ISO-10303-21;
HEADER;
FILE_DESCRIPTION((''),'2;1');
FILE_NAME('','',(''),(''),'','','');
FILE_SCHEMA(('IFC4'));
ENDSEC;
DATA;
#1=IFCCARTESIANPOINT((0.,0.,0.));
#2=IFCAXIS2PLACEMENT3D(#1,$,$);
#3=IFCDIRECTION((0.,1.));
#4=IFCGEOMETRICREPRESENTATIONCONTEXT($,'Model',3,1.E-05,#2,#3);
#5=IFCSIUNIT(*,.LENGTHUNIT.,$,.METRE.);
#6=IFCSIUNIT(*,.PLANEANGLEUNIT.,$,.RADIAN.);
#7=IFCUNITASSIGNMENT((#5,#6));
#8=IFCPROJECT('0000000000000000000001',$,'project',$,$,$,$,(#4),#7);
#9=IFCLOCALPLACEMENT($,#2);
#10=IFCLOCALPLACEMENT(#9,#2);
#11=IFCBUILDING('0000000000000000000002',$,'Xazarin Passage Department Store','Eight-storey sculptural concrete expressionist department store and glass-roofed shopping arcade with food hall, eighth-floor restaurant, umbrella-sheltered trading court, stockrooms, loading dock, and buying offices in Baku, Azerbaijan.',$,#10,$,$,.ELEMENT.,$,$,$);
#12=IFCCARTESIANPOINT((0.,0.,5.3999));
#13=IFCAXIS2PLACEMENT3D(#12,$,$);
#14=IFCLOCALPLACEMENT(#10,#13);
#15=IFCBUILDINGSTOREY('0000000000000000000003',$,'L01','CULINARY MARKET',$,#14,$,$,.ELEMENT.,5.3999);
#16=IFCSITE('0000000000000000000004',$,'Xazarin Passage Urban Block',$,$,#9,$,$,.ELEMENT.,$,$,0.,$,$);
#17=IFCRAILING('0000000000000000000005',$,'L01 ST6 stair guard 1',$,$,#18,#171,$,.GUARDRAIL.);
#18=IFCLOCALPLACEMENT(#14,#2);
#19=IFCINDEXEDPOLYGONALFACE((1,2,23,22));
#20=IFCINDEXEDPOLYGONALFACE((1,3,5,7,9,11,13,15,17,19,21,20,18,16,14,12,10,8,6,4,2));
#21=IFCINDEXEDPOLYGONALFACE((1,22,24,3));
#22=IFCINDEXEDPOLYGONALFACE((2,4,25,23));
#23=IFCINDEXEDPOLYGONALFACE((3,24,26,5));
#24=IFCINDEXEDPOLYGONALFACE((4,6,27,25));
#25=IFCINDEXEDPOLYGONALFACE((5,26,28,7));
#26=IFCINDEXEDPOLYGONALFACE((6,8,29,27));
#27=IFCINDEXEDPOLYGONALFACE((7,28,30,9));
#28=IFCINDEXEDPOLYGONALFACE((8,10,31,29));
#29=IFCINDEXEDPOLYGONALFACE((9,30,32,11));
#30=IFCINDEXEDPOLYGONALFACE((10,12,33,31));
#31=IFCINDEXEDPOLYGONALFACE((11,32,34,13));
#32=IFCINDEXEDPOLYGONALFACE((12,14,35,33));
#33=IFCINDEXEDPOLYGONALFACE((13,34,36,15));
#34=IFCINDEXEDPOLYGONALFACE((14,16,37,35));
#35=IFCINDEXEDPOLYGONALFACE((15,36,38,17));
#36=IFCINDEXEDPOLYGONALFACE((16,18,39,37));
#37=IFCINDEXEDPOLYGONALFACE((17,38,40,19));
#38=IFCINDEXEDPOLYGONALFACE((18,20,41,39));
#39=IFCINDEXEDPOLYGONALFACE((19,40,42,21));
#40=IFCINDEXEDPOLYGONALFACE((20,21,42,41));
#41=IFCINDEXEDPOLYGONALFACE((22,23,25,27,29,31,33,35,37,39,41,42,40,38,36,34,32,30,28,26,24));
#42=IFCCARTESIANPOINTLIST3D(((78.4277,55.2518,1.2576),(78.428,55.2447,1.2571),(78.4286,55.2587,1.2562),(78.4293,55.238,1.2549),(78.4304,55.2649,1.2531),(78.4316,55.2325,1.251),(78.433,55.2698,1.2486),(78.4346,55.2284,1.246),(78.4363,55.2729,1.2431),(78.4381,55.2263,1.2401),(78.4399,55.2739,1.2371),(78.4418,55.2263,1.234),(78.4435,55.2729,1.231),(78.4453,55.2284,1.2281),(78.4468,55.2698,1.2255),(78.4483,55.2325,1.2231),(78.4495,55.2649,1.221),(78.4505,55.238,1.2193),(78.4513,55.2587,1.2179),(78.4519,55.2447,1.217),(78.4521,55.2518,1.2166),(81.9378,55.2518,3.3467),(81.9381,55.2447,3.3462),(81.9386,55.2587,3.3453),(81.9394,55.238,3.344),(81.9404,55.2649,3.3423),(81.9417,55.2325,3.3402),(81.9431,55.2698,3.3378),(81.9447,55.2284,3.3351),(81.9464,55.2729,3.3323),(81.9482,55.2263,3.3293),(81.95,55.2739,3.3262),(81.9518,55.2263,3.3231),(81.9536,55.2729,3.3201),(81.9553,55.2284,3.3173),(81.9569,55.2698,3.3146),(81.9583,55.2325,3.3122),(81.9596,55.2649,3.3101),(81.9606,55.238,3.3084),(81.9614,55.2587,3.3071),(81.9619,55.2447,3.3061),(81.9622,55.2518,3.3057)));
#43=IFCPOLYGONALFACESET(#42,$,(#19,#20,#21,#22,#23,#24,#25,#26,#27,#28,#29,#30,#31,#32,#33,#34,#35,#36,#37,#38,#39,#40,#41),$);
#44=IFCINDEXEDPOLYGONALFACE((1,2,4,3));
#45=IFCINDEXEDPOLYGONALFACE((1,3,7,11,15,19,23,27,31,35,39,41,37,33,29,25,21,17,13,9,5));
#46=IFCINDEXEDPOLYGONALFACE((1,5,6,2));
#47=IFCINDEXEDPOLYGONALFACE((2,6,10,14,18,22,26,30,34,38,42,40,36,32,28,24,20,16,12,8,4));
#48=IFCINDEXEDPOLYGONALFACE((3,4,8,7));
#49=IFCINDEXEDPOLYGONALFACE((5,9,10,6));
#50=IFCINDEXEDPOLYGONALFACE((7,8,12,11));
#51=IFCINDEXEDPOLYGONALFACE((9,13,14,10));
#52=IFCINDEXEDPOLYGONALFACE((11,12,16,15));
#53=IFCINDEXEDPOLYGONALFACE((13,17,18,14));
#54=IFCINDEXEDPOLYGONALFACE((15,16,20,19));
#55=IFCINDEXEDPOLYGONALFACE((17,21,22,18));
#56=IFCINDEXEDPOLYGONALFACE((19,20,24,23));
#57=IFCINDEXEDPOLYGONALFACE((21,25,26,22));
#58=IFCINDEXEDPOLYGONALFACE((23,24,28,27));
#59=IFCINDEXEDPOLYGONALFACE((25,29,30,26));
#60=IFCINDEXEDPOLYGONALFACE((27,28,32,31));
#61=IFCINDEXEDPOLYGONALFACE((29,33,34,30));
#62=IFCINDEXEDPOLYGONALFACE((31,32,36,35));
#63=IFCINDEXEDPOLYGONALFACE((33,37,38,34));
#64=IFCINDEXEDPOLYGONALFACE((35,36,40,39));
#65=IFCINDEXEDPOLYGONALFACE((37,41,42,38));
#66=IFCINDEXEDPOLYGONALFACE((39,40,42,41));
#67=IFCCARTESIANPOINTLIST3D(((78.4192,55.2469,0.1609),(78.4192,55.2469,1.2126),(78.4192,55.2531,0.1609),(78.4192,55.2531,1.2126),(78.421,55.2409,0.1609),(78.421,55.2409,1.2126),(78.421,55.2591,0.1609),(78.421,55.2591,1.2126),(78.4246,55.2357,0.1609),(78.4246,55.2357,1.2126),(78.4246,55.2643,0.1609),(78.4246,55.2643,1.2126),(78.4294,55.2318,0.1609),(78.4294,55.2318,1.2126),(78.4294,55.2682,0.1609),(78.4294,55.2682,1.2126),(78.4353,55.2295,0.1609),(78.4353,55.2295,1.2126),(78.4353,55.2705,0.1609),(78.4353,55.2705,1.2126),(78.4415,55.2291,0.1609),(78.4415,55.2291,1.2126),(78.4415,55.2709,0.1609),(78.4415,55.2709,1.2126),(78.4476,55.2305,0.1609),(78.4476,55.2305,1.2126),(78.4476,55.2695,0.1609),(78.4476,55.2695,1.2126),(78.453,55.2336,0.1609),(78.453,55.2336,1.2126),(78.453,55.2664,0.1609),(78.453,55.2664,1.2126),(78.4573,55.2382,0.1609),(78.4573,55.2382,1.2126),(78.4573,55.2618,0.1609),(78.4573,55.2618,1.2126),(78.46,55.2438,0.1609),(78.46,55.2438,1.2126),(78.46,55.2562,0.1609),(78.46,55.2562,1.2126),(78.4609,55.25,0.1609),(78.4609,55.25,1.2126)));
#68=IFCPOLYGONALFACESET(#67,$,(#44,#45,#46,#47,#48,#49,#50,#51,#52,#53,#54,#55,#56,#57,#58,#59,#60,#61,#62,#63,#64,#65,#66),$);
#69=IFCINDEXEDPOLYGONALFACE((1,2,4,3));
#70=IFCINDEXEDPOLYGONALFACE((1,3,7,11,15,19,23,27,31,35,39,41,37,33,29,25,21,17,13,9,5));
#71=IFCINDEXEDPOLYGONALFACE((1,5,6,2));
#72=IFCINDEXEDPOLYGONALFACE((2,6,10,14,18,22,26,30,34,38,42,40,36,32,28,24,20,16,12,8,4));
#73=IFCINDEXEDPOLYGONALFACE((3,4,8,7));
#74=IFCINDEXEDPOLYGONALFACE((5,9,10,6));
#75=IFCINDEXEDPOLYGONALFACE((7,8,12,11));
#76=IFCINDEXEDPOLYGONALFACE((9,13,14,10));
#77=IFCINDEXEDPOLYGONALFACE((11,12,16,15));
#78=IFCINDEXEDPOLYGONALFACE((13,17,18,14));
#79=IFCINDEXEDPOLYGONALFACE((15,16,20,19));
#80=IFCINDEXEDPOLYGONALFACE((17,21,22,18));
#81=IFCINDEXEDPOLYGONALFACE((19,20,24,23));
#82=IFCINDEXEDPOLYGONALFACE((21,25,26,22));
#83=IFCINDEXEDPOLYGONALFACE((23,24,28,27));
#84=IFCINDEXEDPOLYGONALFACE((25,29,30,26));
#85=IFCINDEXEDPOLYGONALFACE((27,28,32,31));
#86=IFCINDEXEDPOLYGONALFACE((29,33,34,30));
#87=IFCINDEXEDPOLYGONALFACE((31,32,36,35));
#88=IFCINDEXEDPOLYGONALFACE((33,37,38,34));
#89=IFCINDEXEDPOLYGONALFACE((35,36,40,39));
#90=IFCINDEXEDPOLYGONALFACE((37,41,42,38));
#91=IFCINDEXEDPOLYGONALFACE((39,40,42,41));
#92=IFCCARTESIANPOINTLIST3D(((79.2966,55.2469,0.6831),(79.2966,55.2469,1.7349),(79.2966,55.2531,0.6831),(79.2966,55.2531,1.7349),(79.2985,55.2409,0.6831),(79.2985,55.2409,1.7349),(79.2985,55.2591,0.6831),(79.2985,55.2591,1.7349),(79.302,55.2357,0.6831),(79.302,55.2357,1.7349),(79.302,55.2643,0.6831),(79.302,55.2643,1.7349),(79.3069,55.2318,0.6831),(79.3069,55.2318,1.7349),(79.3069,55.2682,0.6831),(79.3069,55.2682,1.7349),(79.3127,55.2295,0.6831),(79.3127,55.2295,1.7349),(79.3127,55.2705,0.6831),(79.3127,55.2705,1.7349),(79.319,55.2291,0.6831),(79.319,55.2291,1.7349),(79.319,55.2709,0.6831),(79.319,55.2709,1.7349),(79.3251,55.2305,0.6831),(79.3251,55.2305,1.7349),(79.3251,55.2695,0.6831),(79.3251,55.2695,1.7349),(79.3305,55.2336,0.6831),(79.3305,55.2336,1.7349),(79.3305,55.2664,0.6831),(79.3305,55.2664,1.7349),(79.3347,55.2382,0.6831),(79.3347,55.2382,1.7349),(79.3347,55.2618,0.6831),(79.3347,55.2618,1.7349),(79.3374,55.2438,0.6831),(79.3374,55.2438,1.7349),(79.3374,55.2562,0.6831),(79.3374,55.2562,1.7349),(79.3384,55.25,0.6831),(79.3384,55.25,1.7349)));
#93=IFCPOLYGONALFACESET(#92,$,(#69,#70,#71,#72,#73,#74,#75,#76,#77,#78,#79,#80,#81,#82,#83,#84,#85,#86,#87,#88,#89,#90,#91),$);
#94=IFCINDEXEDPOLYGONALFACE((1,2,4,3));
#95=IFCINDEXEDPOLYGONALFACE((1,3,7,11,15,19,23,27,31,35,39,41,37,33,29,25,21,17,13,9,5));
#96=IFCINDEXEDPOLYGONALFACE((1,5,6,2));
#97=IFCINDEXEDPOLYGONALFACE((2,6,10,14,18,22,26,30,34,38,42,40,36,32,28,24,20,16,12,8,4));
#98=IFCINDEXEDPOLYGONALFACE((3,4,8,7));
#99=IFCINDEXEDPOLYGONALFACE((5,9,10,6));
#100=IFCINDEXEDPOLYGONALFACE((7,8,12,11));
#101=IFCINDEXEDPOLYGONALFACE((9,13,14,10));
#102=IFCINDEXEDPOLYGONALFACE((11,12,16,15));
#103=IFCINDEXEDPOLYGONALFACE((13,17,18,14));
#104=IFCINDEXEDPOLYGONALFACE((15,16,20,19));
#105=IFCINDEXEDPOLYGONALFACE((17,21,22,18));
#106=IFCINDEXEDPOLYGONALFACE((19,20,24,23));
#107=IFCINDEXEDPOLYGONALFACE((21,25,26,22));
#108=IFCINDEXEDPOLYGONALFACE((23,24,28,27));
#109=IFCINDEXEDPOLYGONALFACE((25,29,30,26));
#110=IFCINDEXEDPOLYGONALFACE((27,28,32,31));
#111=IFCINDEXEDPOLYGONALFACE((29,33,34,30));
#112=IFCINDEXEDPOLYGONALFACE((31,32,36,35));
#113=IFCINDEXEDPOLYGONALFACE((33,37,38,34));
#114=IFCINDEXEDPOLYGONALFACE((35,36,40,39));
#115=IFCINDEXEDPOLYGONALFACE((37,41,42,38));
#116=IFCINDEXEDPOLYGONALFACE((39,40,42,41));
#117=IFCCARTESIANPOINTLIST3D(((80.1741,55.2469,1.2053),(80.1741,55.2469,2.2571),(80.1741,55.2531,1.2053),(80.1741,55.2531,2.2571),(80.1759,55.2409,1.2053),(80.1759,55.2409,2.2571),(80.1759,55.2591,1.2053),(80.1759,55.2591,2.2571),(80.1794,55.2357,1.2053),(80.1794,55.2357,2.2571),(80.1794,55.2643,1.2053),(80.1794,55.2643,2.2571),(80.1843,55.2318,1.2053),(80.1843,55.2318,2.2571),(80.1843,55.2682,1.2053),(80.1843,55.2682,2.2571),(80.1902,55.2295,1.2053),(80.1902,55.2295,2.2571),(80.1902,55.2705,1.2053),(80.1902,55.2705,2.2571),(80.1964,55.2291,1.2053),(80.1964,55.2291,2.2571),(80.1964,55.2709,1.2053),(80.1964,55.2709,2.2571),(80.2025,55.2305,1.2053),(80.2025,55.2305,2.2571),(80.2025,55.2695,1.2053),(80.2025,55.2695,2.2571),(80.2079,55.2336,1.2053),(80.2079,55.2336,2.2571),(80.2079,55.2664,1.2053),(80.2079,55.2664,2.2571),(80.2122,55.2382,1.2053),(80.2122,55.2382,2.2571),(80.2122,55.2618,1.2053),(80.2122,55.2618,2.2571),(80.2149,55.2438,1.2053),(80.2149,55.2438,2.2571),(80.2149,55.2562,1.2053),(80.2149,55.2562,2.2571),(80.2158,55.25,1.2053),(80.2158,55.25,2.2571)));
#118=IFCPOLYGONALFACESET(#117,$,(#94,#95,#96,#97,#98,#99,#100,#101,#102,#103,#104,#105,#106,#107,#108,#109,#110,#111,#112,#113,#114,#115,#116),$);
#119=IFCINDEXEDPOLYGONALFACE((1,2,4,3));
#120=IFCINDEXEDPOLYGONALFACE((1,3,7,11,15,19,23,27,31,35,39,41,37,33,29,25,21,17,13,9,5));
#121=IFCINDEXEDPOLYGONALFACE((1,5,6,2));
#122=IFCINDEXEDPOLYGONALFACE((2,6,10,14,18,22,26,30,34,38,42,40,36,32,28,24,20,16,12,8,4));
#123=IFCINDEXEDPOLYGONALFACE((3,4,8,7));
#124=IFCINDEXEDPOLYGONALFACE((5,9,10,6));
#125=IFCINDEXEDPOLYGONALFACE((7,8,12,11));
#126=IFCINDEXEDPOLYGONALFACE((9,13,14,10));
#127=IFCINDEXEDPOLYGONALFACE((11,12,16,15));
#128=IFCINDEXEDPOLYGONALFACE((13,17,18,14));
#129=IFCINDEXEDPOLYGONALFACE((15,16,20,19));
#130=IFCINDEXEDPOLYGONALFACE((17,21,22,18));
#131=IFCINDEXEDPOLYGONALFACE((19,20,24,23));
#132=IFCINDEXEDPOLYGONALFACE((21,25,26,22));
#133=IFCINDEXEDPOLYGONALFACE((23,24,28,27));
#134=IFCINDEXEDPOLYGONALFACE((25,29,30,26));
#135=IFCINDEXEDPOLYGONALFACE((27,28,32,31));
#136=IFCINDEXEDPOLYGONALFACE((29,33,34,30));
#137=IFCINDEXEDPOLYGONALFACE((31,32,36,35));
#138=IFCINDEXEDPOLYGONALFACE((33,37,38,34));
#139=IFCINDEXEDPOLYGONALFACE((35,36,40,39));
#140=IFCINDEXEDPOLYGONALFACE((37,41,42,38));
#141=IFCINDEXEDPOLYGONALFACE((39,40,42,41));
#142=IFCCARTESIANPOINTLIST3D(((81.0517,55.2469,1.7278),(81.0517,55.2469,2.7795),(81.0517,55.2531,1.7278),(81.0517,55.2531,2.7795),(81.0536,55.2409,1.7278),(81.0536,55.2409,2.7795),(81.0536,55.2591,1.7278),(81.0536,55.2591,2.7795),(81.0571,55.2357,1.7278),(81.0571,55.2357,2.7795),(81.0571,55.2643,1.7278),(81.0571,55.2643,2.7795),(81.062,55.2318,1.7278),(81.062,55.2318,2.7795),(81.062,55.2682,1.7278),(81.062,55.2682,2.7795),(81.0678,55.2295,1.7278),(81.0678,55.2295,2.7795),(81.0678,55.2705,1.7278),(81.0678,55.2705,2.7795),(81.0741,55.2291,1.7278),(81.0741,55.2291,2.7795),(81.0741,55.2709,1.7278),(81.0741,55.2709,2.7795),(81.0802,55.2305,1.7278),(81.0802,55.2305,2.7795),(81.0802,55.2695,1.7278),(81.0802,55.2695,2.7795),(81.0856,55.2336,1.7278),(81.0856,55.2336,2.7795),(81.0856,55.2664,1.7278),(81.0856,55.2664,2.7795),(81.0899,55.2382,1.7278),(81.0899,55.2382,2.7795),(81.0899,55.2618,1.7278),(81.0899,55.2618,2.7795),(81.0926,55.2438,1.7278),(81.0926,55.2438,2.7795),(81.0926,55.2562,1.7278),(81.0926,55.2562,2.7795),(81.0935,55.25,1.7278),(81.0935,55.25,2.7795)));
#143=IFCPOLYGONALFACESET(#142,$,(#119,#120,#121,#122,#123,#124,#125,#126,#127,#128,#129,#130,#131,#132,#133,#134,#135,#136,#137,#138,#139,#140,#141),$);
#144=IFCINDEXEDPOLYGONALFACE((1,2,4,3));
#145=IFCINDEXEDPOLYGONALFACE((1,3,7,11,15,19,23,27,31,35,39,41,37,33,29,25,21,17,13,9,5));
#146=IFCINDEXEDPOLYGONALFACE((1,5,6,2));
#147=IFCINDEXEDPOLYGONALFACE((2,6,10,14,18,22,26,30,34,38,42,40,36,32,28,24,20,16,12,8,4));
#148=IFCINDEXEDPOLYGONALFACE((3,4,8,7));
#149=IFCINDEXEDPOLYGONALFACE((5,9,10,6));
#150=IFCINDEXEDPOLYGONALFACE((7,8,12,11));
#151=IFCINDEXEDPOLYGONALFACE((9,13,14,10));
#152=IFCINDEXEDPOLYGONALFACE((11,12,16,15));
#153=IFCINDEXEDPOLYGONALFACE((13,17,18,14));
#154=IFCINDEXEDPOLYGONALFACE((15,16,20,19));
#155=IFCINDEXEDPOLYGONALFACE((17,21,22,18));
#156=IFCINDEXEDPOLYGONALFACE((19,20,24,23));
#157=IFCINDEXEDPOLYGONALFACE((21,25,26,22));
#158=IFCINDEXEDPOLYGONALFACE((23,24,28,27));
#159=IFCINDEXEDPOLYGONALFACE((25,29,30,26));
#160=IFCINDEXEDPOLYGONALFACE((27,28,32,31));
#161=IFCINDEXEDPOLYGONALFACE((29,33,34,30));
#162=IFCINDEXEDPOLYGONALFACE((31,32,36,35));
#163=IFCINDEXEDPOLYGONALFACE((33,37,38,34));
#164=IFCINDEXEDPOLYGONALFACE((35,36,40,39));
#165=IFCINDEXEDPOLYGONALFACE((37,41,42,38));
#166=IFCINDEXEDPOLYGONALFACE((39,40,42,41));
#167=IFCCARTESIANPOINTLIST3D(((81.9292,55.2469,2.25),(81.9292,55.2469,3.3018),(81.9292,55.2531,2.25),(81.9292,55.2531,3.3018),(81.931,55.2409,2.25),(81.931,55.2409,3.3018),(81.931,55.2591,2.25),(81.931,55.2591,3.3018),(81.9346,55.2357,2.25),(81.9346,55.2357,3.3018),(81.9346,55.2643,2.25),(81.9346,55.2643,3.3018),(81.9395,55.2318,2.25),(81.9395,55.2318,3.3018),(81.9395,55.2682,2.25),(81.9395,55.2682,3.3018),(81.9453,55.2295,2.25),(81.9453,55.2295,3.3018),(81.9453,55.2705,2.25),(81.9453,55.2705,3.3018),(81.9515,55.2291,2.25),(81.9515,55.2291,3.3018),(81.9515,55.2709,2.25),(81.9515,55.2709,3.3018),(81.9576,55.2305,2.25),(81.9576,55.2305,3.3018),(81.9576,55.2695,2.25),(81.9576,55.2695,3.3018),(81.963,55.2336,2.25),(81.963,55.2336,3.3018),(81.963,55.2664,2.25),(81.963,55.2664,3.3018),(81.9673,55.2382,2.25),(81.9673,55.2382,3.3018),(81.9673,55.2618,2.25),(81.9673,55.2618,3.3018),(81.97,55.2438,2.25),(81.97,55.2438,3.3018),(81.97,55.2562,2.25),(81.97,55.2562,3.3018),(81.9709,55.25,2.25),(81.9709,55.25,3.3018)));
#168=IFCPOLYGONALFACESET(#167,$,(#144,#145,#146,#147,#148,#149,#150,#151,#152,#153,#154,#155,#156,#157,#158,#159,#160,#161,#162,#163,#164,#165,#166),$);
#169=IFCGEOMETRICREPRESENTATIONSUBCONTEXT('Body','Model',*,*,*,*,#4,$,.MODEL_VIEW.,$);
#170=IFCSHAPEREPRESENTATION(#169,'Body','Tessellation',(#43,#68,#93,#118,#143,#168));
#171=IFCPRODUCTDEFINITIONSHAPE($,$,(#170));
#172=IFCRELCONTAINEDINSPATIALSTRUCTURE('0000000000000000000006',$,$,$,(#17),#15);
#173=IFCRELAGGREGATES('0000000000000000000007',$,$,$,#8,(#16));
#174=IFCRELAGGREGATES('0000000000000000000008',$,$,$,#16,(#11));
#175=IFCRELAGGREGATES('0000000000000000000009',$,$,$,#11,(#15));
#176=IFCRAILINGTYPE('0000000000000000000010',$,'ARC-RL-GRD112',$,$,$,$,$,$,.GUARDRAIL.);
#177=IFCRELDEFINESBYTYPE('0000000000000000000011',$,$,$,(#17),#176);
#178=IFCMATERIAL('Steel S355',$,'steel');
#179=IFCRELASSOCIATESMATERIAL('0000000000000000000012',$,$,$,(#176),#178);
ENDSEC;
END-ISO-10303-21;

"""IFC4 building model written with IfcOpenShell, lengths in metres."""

from ifc_helpers import new_model, si_unit, direction, frame, origin, origin_2d, place, context, subcontext, project, spatial, circle, extrude, material, type_object, element, save


model = new_model("IFC4")

# Units and contexts
model_context = context("Model", 3, precision=1e-05, world=origin(), true_north=direction((0.0, 1.0)))
body_context = subcontext(model_context, "Body", "Model", "MODEL_VIEW")
ifc_project = project(units=[si_unit("LENGTHUNIT", "METRE"), si_unit("PLANEANGLEUNIT", "RADIAN")], contexts=[model_context])

# Site, building, storey
site_placement = place(None, origin())
site = spatial("IfcSite", under=ifc_project, at=site_placement, Name="Xazarin Passage Urban Block", CompositionType="ELEMENT", RefElevation=0.0)
building_placement = place(site_placement, origin())
building = spatial("IfcBuilding", under=site, at=building_placement, Name="Xazarin Passage Department Store", Description="Eight-storey sculptural concrete expressionist department store and glass-roofed shopping arcade with food hall, eighth-floor restaurant, umbrella-sheltered trading court, stockrooms, loading dock, and buying offices in Baku, Azerbaijan.", CompositionType="ELEMENT")
storey_placement = place(building_placement, frame((0.0, 0.0, 5.3999)))
storey = spatial("IfcBuildingStorey", under=building, at=storey_placement, Name="L01", Description="CULINARY MARKET", CompositionType="ELEMENT", Elevation=5.3999)

# Shared definitions
ifc_material_1 = material(Name="Steel S355", Category="steel")

# Railing
railing_type_1 = type_object("IfcRailingType", Name="ARC-RL-GRD112", PredefinedType="GUARDRAIL", material=ifc_material_1)
railing_1_placement = place(storey_placement, frame((78.4399, 55.25, 0.1609)))
element("IfcRailing", 1, at=railing_1_placement, inside=storey, type_object=railing_type_1, Name="L01 ST6 stair guard 1", PredefinedType="GUARDRAIL", context=body_context, shape_type="SweptSolid", body=[
    extrude(circle(Radius=0.0239, at=origin_2d()), frame((0.0, 0.0, 1.0762), z_axis=(0.859312, 0.0, 0.511451), x_axis=(0.0, 1.0, 0.0)), (0.0, 0.0, 1.0), 4.0847),
    extrude(circle(Radius=0.021, at=origin_2d()), origin(), (0.0, 0.0, 1.0), 1.0518),
    extrude(circle(Radius=0.021, at=origin_2d()), frame((0.8774, 0.0, 0.5222)), (0.0, 0.0, 1.0), 1.0518),
    extrude(circle(Radius=0.021, at=origin_2d()), frame((1.7549, 0.0, 1.0444)), (0.0, 0.0, 1.0), 1.0518),
    extrude(circle(Radius=0.021, at=origin_2d()), frame((2.6326, 0.0, 1.5669)), (0.0, 0.0, 1.0), 1.0518),
    extrude(circle(Radius=0.021, at=origin_2d()), frame((3.51, 0.0, 2.0891)), (0.0, 0.0, 1.0), 1.0518),
])

save(model, "model.ifc")
